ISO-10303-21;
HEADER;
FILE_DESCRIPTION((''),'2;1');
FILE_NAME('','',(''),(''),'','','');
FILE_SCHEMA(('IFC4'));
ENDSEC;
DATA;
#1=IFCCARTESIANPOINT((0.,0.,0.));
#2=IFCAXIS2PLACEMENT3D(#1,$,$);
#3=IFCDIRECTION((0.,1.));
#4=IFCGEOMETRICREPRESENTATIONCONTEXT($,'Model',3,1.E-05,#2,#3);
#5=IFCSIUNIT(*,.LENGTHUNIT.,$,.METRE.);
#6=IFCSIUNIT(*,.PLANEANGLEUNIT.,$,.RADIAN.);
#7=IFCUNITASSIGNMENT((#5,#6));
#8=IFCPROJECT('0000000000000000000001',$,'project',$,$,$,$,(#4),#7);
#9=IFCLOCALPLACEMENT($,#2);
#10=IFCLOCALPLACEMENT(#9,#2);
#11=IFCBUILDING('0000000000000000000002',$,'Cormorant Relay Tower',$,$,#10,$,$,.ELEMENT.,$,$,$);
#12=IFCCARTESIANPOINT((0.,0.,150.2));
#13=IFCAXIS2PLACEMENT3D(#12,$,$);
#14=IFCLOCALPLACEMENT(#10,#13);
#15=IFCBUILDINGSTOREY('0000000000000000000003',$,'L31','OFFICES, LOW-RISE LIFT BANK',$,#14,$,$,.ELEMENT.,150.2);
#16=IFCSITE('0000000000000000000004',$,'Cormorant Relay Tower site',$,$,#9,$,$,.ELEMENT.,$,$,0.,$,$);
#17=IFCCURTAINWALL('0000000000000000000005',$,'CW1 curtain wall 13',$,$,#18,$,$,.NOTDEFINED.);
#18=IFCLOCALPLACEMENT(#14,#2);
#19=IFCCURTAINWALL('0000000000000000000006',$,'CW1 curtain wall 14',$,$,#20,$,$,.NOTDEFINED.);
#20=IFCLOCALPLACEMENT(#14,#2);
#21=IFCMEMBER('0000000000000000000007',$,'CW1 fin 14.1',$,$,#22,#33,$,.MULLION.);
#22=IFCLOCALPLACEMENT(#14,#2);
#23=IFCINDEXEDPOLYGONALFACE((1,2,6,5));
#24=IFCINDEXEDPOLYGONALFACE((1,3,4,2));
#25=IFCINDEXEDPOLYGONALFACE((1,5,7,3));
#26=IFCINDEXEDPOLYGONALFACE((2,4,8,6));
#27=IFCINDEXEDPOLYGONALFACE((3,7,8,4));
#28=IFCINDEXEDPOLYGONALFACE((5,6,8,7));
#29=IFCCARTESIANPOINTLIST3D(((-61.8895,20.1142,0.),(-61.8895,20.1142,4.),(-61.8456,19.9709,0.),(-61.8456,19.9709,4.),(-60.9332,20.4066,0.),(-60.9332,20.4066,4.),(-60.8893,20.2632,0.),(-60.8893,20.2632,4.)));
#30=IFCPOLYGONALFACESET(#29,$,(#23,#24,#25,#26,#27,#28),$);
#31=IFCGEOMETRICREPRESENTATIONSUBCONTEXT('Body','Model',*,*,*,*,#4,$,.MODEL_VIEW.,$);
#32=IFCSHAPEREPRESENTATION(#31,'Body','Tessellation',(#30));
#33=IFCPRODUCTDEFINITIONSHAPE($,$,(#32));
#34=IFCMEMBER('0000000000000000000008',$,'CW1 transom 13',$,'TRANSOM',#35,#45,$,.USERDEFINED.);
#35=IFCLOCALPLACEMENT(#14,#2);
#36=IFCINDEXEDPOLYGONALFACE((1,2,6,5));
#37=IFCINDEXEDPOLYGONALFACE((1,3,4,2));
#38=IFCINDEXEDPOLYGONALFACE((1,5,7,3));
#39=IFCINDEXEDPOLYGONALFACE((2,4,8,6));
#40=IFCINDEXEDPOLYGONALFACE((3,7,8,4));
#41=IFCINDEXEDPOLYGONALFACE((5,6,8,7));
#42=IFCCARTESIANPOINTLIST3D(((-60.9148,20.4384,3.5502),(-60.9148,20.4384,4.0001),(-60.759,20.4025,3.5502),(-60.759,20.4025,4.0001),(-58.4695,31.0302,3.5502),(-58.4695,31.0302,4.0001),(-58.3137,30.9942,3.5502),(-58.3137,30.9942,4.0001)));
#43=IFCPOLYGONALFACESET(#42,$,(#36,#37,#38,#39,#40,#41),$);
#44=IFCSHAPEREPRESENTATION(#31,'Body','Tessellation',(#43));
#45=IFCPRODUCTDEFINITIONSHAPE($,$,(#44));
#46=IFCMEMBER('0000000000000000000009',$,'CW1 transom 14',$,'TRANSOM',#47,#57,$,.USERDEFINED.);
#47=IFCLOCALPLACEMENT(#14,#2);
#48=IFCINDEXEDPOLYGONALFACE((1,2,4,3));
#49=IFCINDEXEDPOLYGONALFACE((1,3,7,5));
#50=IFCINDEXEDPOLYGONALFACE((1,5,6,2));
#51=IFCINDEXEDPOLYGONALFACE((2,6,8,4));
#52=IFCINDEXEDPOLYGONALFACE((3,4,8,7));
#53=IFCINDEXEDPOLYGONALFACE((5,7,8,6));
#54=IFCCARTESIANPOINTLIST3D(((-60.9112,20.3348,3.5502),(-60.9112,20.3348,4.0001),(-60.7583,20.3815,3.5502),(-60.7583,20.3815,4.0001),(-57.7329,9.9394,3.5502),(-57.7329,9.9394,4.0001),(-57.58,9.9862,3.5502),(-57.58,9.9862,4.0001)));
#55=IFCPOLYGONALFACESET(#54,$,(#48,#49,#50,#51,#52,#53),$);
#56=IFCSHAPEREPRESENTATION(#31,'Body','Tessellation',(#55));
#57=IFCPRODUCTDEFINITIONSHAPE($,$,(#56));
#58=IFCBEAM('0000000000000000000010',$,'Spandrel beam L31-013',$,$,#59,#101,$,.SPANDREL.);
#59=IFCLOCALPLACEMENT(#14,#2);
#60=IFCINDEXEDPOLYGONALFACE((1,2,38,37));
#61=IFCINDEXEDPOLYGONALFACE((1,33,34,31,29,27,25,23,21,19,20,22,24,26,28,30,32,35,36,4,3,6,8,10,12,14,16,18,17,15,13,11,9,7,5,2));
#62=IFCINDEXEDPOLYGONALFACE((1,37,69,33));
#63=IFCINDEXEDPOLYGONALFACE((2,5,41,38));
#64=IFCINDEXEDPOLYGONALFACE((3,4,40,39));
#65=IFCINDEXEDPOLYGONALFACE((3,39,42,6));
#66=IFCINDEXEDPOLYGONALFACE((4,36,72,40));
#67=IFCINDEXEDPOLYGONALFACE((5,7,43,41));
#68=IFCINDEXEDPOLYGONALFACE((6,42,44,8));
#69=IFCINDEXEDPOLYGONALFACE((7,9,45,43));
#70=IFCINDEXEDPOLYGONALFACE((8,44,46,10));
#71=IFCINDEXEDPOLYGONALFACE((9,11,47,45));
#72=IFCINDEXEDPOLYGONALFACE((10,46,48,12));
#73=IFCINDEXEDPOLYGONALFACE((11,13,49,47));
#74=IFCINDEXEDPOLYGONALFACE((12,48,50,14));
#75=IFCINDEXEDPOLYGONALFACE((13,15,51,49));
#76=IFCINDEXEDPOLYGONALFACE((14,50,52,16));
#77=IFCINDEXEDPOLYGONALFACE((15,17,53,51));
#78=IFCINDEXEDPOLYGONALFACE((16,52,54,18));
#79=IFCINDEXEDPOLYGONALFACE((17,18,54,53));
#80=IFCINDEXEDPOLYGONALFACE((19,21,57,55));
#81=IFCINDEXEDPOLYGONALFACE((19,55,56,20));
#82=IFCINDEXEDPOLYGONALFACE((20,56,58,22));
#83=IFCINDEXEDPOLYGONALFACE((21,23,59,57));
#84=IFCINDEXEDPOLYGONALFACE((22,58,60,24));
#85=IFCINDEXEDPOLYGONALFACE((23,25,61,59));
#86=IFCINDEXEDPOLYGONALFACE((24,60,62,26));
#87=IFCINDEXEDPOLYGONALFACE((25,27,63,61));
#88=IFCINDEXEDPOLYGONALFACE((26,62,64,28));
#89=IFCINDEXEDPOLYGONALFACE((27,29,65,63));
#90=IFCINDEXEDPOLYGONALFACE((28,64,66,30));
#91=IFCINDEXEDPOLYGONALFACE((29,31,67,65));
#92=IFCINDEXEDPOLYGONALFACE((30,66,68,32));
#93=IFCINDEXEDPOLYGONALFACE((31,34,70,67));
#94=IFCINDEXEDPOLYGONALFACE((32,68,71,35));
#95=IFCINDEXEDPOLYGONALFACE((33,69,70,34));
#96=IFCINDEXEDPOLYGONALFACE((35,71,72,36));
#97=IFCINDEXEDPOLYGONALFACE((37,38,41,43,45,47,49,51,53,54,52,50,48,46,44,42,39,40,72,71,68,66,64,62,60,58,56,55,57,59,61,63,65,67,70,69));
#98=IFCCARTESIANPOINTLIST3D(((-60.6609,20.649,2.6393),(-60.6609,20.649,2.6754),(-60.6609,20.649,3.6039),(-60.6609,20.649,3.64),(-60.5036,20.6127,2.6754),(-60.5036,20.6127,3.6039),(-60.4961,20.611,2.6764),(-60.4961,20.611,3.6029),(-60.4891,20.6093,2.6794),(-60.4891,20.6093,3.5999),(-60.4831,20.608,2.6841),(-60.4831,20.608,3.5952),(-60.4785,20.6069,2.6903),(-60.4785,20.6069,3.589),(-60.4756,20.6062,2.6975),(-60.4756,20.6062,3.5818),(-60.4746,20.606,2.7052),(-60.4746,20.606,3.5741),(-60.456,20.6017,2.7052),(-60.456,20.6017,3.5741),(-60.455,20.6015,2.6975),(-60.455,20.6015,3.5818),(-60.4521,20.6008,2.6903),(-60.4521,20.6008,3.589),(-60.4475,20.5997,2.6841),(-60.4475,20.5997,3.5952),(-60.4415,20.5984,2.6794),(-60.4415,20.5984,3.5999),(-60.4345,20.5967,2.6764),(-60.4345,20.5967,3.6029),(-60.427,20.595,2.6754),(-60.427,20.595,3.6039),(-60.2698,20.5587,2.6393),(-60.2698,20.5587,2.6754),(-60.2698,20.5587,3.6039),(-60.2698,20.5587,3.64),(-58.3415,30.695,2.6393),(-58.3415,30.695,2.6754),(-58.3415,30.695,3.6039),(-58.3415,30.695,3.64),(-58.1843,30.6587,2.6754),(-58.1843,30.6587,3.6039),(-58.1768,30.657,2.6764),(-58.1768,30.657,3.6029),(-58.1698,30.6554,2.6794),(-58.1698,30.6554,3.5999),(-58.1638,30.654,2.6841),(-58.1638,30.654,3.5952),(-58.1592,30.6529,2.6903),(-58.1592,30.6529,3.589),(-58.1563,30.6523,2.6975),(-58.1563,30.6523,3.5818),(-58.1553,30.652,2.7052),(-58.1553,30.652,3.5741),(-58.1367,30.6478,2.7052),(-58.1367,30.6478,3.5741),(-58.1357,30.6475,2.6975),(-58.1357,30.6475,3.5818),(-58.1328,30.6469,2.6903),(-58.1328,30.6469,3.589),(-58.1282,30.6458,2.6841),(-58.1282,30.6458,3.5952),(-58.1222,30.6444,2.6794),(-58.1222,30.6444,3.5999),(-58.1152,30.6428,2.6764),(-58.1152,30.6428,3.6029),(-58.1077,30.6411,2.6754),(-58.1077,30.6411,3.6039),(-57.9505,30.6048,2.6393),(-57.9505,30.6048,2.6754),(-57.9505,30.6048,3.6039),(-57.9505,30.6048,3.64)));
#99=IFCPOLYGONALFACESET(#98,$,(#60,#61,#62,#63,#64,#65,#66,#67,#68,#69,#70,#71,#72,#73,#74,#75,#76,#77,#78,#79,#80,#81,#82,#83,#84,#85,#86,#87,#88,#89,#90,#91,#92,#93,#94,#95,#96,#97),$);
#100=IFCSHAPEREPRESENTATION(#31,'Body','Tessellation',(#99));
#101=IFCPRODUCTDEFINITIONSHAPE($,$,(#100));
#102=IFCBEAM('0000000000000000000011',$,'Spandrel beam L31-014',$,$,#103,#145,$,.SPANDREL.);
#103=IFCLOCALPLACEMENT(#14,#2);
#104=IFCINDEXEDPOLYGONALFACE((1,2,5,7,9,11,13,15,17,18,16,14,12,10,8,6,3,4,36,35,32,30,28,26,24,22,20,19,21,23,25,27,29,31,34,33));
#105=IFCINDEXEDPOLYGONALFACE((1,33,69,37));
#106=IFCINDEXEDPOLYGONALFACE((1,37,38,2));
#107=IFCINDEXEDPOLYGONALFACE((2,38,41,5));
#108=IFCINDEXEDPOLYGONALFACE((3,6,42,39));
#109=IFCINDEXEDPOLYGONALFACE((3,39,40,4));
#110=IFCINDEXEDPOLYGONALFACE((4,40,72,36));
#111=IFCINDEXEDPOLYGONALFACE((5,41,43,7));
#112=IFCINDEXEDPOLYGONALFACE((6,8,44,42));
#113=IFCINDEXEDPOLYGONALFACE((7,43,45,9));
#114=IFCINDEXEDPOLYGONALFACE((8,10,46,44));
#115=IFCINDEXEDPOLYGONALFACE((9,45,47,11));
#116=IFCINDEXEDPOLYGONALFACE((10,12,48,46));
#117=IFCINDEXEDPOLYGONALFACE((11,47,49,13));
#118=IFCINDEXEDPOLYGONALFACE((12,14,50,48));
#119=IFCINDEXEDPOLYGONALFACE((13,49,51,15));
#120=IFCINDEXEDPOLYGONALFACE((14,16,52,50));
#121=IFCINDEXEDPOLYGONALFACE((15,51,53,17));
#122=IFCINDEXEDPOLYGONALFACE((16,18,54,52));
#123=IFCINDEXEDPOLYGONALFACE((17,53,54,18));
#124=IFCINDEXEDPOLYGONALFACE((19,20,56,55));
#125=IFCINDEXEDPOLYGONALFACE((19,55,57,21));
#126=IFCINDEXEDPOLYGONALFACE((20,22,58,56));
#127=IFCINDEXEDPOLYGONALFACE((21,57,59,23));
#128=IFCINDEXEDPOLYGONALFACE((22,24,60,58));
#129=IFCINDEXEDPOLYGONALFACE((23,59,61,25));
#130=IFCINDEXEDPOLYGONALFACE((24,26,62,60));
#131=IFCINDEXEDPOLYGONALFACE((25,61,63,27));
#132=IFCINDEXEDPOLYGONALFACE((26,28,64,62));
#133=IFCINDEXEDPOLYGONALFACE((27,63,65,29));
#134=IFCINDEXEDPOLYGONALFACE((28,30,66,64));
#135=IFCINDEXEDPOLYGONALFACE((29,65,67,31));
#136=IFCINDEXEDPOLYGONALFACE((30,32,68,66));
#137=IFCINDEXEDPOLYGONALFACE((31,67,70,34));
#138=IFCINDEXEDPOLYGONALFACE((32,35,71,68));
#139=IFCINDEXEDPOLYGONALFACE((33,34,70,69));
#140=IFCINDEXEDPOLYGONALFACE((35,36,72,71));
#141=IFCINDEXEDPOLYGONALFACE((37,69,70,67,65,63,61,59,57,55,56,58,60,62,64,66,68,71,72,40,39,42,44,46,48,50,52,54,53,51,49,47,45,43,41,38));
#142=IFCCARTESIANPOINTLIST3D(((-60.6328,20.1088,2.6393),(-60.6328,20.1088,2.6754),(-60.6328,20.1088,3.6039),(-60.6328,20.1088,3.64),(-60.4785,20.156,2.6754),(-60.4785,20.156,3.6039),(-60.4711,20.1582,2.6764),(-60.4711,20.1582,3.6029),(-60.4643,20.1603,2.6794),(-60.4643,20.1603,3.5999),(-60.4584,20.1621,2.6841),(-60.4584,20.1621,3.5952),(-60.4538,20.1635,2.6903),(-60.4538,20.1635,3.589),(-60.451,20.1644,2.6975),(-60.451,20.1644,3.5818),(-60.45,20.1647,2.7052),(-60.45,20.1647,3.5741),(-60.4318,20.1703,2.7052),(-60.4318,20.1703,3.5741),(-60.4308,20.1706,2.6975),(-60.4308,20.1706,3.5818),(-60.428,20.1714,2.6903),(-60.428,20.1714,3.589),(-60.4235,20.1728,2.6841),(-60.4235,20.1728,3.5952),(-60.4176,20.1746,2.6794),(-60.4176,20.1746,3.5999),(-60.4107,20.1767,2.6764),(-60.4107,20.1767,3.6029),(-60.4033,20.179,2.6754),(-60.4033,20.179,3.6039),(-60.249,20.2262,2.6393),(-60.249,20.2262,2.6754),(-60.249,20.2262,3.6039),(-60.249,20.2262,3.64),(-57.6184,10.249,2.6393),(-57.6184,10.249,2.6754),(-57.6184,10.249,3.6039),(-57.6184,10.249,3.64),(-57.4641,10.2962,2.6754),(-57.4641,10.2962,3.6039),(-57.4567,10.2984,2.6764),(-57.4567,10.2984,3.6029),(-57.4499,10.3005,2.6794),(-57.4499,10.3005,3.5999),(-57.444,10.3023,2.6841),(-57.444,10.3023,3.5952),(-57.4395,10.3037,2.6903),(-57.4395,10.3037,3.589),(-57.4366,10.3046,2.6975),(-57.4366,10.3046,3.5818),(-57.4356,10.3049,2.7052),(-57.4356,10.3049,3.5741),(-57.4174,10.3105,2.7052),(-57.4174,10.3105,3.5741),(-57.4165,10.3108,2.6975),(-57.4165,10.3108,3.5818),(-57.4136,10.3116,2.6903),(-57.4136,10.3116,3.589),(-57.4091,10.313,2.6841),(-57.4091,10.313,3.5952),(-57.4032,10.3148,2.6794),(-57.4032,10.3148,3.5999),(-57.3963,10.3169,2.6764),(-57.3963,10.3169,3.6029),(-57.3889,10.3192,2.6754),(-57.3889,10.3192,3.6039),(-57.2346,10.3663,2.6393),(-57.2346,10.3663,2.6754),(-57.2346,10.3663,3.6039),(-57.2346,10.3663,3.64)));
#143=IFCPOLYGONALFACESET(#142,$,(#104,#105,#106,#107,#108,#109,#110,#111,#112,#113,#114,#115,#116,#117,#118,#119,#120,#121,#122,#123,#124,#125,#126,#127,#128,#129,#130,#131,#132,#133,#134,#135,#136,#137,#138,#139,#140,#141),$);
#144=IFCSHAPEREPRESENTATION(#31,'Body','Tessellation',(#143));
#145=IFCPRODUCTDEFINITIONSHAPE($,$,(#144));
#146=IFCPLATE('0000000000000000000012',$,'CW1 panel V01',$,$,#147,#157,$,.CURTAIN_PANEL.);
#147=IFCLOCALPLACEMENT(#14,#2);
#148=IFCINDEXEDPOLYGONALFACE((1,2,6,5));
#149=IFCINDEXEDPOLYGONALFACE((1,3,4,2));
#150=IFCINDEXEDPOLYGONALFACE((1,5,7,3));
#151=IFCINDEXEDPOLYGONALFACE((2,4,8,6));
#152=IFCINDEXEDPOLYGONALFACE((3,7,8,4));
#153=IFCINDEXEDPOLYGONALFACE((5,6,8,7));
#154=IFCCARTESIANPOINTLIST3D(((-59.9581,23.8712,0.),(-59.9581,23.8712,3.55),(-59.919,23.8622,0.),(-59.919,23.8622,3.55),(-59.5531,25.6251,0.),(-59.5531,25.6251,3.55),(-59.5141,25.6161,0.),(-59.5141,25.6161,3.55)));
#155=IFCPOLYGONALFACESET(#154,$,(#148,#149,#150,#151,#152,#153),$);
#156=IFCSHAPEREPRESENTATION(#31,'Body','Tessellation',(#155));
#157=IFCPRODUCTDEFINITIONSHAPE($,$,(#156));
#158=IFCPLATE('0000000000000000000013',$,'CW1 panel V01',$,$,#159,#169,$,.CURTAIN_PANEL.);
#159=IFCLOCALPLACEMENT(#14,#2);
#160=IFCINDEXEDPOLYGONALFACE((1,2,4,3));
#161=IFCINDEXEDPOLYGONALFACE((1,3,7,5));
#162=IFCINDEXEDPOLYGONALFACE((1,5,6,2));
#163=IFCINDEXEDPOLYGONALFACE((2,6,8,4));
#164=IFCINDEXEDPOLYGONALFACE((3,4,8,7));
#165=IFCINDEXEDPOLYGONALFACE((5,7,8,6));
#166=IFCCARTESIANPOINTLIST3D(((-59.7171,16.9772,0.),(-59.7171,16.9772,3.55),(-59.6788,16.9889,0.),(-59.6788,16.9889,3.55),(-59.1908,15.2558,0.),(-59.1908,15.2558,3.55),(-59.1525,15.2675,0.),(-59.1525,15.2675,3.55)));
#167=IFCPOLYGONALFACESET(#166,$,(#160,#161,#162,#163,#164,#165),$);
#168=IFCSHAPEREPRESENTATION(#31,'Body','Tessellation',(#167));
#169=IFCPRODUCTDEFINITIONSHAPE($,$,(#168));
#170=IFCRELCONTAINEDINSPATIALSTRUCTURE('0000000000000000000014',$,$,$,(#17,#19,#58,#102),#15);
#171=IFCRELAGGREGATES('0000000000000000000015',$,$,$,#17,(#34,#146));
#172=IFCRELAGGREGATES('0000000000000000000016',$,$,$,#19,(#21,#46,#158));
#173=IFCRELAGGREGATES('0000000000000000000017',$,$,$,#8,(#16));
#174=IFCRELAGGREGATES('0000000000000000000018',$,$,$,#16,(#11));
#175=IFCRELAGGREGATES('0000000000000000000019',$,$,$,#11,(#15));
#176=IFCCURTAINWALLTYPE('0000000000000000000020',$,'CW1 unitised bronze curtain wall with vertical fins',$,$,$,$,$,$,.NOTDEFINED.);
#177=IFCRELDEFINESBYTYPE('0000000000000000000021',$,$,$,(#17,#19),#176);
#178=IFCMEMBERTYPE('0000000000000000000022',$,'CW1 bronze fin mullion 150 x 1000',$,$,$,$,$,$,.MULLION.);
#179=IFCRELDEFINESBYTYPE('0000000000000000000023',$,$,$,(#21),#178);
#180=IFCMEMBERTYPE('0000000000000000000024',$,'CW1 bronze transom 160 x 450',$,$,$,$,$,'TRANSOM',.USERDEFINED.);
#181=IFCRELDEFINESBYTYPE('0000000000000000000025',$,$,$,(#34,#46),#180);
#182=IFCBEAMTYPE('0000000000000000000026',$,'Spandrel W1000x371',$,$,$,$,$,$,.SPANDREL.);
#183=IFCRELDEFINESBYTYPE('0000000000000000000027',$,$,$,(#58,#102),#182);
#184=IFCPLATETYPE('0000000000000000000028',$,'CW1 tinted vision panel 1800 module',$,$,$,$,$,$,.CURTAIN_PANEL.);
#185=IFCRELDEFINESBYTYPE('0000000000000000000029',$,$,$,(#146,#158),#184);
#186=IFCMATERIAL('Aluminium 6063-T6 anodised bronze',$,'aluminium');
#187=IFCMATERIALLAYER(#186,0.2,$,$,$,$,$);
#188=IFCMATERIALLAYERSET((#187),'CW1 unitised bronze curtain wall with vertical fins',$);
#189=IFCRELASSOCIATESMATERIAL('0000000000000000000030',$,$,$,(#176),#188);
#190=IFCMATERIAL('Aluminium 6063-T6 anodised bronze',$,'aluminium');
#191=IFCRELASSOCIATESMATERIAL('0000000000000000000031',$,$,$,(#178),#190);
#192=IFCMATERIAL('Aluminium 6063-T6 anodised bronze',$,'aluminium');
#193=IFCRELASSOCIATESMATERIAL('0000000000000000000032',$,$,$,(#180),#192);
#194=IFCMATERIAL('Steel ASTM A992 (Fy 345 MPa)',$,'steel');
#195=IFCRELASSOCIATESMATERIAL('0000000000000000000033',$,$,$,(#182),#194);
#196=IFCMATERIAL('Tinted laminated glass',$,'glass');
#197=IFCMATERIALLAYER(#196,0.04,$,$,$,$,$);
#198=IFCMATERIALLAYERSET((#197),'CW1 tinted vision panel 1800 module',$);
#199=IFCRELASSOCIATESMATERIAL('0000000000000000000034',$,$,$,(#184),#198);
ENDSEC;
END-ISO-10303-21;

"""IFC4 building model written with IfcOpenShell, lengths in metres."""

from ifc_helpers import new_model, si_unit, direction, frame, origin, origin_2d, place, context, subcontext, project, spatial, rectangle, i_section, extrude, material, layer, layer_set, material_profile, profile_set, type_object, element, aggregate, save


model = new_model("IFC4")

# Units and contexts
model_context = context("Model", 3, precision=1e-05, world=origin(), true_north=direction((0.0, 1.0)))
body_context = subcontext(model_context, "Body", "Model", "MODEL_VIEW")
ifc_project = project(units=[si_unit("LENGTHUNIT", "METRE"), si_unit("PLANEANGLEUNIT", "RADIAN")], contexts=[model_context])

# Site, building, storey
site_placement = place(None, origin())
site = spatial("IfcSite", under=ifc_project, at=site_placement, Name="Cormorant Relay Tower site", CompositionType="ELEMENT", RefElevation=0.0)
building_placement = place(site_placement, origin())
building = spatial("IfcBuilding", under=site, at=building_placement, Name="Cormorant Relay Tower", CompositionType="ELEMENT")
storey_placement = place(building_placement, frame((0.0, 0.0, 150.2)))
storey = spatial("IfcBuildingStorey", under=building, at=storey_placement, Name="L31", Description="OFFICES, LOW-RISE LIFT BANK", CompositionType="ELEMENT", Elevation=150.2)

# Curtain walls, member
ifc_material_1 = material(Name="Aluminium 6063-T6 anodised bronze", Category="aluminium")
ifc_layer_1 = layer(ifc_material_1, 0.2)
ifc_layer_set_1 = layer_set([ifc_layer_1], Name="CW1 unitised bronze curtain wall with vertical fins")
curtain_wall_type = type_object("IfcCurtainWallType", Name="CW1 unitised bronze curtain wall with vertical fins", PredefinedType="NOTDEFINED", material=ifc_layer_set_1)
curtain_wall_1_placement = place(storey_placement, origin())
curtain_wall_1 = element("IfcCurtainWall", 1, at=curtain_wall_1_placement, inside=storey, type_object=curtain_wall_type, Name="CW1 curtain wall 13", PredefinedType="NOTDEFINED")
ifc_material_2 = material(Name="Aluminium 6063-T6 anodised bronze", Category="aluminium")
ifc_material_profile_1 = material_profile(ifc_material_2, rectangle(XDim=0.1499, YDim=1.0, at=origin_2d()), Name="AL 150x1000")
ifc_profile_set_1 = profile_set([ifc_material_profile_1], Name="Aluminium 6063-T6 anodised bronze")
member_type_1 = type_object("IfcMemberType", Name="CW1 bronze fin mullion 150 x 1000", PredefinedType="MULLION", material=ifc_profile_set_1)
curtain_wall_2_placement = place(storey_placement, origin())
curtain_wall_2 = element("IfcCurtainWall", 2, at=curtain_wall_2_placement, inside=storey, type_object=curtain_wall_type, Name="CW1 curtain wall 14", PredefinedType="NOTDEFINED")
member_1_placement = place(storey_placement, frame((-61.3894, 20.1887, 0.0), z_axis=(0.0, 0.0, 1.0), x_axis=(0.292372, -0.956305, 0.0)))
member_1 = element("IfcMember", 3, at=member_1_placement, type_object=member_type_1, Name="CW1 fin 14.1", PredefinedType="MULLION", context=body_context, shape_type="SweptSolid", body=[
    extrude(rectangle(XDim=0.1499, YDim=1.0, at=origin_2d()), origin(), (0.0, 0.0, 1.0), 4.0),
])

# Members
ifc_material_3 = material(Name="Aluminium 6063-T6 anodised bronze", Category="aluminium")
ifc_material_profile_2 = material_profile(ifc_material_3, rectangle(XDim=0.1599, YDim=0.45, at=origin_2d()), Name="AL 160x450")
ifc_profile_set_2 = profile_set([ifc_material_profile_2], Name="Aluminium 6063-T6 anodised bronze")
member_type_2 = type_object("IfcMemberType", Name="CW1 bronze transom 160 x 450", ElementType="TRANSOM", PredefinedType="USERDEFINED", material=ifc_profile_set_2)
member_2_placement = place(storey_placement, frame((-58.3916, 31.0122, 3.7751), z_axis=(-0.224951, -0.97437, 0.0), x_axis=(0.97437, -0.224951, 0.0)))
member_2 = element("IfcMember", 4, at=member_2_placement, type_object=member_type_2, Name="CW1 transom 13", ObjectType="TRANSOM", PredefinedType="USERDEFINED", context=body_context, shape_type="SweptSolid", body=[
    extrude(rectangle(XDim=0.1599, YDim=0.45, at=origin_2d()), origin(), (0.0, 0.0, 1.0), 10.8704),
])
member_3_placement = place(storey_placement, frame((-60.8347, 20.3582, 3.7751), z_axis=(0.292378, -0.956303, 0.0), x_axis=(0.956303, 0.292378, 0.0)))
member_3 = element("IfcMember", 5, at=member_3_placement, type_object=member_type_2, Name="CW1 transom 14", ObjectType="TRANSOM", PredefinedType="USERDEFINED", context=body_context, shape_type="SweptSolid", body=[
    extrude(rectangle(XDim=0.1599, YDim=0.45, at=origin_2d()), origin(), (0.0, 0.0, 1.0), 10.8704),
])

# Beams
ifc_material_4 = material(Name="Steel ASTM A992 (Fy 345 MPa)", Category="steel")
ifc_material_profile_3 = material_profile(ifc_material_4, i_section(OverallWidth=0.4014, OverallDepth=1.0007, WebThickness=0.019, FlangeThickness=0.0361, FilletRadius=0.0298, at=origin_2d()), Name="W1000x371")
ifc_profile_set_3 = profile_set([ifc_material_profile_3], Name="Steel ASTM A992 (Fy 345 MPa)")
beam_type = type_object("IfcBeamType", Name="Spandrel W1000x371", PredefinedType="SPANDREL", material=ifc_profile_set_3)
for number, where, z_axis, x_axis, name in (
    (6, (-58.146, 30.6499, 3.1396), (-0.224951, -0.97437, 0.0), (0.97437, -0.224951, 0.0), "Spandrel beam L31-013"),
    (7, (-60.4409, 20.1675, 3.1396), (0.292367, -0.956306, 0.0), (0.956306, 0.292367, 0.0), "Spandrel beam L31-014"),
):
    element("IfcBeam", number, at=place(storey_placement, frame(where, z_axis=z_axis, x_axis=x_axis)), inside=storey, type_object=beam_type, Name=name, PredefinedType="SPANDREL", context=body_context, shape_type="SweptSolid", body=[
        extrude(i_section(OverallWidth=0.4014, OverallDepth=1.0007, WebThickness=0.019, FlangeThickness=0.0361, FilletRadius=0.0298, at=origin_2d()), origin(), (0.0, 0.0, 1.0), 10.3103),
    ])

# Plates
ifc_material_5 = material(Name="Tinted laminated glass", Category="glass")
ifc_layer_2 = layer(ifc_material_5, 0.04)
ifc_layer_set_2 = layer_set([ifc_layer_2], Name="CW1 tinted vision panel 1800 module")
plate_type = type_object("IfcPlateType", Name="CW1 tinted vision panel 1800 module", PredefinedType="CURTAIN_PANEL", material=ifc_layer_set_2)
plate_1_placement = place(storey_placement, frame((-59.7361, 24.7437, 0.0), z_axis=(0.0, 0.0, 1.0), x_axis=(-0.224951, -0.97437, 0.0)))
plate_1 = element("IfcPlate", 8, at=plate_1_placement, type_object=plate_type, Name="CW1 panel V01", PredefinedType="CURTAIN_PANEL", context=body_context, shape_type="SweptSolid", body=[
    extrude(rectangle(XDim=1.8, YDim=0.04, at=origin_2d()), origin(), (0.0, 0.0, 1.0), 3.55),
])
plate_2_placement = place(storey_placement, frame((-59.4348, 16.1223, 0.0), z_axis=(0.0, 0.0, 1.0), x_axis=(0.292372, -0.956305, 0.0)))
plate_2 = element("IfcPlate", 9, at=plate_2_placement, type_object=plate_type, Name="CW1 panel V01", PredefinedType="CURTAIN_PANEL", context=body_context, shape_type="SweptSolid", body=[
    extrude(rectangle(XDim=1.8, YDim=0.04, at=origin_2d()), origin(), (0.0, 0.0, 1.0), 3.55),
])

aggregate(curtain_wall_1, [member_2, plate_1])
aggregate(curtain_wall_2, [member_1, member_3, plate_2])

save(model, "model.ifc")
